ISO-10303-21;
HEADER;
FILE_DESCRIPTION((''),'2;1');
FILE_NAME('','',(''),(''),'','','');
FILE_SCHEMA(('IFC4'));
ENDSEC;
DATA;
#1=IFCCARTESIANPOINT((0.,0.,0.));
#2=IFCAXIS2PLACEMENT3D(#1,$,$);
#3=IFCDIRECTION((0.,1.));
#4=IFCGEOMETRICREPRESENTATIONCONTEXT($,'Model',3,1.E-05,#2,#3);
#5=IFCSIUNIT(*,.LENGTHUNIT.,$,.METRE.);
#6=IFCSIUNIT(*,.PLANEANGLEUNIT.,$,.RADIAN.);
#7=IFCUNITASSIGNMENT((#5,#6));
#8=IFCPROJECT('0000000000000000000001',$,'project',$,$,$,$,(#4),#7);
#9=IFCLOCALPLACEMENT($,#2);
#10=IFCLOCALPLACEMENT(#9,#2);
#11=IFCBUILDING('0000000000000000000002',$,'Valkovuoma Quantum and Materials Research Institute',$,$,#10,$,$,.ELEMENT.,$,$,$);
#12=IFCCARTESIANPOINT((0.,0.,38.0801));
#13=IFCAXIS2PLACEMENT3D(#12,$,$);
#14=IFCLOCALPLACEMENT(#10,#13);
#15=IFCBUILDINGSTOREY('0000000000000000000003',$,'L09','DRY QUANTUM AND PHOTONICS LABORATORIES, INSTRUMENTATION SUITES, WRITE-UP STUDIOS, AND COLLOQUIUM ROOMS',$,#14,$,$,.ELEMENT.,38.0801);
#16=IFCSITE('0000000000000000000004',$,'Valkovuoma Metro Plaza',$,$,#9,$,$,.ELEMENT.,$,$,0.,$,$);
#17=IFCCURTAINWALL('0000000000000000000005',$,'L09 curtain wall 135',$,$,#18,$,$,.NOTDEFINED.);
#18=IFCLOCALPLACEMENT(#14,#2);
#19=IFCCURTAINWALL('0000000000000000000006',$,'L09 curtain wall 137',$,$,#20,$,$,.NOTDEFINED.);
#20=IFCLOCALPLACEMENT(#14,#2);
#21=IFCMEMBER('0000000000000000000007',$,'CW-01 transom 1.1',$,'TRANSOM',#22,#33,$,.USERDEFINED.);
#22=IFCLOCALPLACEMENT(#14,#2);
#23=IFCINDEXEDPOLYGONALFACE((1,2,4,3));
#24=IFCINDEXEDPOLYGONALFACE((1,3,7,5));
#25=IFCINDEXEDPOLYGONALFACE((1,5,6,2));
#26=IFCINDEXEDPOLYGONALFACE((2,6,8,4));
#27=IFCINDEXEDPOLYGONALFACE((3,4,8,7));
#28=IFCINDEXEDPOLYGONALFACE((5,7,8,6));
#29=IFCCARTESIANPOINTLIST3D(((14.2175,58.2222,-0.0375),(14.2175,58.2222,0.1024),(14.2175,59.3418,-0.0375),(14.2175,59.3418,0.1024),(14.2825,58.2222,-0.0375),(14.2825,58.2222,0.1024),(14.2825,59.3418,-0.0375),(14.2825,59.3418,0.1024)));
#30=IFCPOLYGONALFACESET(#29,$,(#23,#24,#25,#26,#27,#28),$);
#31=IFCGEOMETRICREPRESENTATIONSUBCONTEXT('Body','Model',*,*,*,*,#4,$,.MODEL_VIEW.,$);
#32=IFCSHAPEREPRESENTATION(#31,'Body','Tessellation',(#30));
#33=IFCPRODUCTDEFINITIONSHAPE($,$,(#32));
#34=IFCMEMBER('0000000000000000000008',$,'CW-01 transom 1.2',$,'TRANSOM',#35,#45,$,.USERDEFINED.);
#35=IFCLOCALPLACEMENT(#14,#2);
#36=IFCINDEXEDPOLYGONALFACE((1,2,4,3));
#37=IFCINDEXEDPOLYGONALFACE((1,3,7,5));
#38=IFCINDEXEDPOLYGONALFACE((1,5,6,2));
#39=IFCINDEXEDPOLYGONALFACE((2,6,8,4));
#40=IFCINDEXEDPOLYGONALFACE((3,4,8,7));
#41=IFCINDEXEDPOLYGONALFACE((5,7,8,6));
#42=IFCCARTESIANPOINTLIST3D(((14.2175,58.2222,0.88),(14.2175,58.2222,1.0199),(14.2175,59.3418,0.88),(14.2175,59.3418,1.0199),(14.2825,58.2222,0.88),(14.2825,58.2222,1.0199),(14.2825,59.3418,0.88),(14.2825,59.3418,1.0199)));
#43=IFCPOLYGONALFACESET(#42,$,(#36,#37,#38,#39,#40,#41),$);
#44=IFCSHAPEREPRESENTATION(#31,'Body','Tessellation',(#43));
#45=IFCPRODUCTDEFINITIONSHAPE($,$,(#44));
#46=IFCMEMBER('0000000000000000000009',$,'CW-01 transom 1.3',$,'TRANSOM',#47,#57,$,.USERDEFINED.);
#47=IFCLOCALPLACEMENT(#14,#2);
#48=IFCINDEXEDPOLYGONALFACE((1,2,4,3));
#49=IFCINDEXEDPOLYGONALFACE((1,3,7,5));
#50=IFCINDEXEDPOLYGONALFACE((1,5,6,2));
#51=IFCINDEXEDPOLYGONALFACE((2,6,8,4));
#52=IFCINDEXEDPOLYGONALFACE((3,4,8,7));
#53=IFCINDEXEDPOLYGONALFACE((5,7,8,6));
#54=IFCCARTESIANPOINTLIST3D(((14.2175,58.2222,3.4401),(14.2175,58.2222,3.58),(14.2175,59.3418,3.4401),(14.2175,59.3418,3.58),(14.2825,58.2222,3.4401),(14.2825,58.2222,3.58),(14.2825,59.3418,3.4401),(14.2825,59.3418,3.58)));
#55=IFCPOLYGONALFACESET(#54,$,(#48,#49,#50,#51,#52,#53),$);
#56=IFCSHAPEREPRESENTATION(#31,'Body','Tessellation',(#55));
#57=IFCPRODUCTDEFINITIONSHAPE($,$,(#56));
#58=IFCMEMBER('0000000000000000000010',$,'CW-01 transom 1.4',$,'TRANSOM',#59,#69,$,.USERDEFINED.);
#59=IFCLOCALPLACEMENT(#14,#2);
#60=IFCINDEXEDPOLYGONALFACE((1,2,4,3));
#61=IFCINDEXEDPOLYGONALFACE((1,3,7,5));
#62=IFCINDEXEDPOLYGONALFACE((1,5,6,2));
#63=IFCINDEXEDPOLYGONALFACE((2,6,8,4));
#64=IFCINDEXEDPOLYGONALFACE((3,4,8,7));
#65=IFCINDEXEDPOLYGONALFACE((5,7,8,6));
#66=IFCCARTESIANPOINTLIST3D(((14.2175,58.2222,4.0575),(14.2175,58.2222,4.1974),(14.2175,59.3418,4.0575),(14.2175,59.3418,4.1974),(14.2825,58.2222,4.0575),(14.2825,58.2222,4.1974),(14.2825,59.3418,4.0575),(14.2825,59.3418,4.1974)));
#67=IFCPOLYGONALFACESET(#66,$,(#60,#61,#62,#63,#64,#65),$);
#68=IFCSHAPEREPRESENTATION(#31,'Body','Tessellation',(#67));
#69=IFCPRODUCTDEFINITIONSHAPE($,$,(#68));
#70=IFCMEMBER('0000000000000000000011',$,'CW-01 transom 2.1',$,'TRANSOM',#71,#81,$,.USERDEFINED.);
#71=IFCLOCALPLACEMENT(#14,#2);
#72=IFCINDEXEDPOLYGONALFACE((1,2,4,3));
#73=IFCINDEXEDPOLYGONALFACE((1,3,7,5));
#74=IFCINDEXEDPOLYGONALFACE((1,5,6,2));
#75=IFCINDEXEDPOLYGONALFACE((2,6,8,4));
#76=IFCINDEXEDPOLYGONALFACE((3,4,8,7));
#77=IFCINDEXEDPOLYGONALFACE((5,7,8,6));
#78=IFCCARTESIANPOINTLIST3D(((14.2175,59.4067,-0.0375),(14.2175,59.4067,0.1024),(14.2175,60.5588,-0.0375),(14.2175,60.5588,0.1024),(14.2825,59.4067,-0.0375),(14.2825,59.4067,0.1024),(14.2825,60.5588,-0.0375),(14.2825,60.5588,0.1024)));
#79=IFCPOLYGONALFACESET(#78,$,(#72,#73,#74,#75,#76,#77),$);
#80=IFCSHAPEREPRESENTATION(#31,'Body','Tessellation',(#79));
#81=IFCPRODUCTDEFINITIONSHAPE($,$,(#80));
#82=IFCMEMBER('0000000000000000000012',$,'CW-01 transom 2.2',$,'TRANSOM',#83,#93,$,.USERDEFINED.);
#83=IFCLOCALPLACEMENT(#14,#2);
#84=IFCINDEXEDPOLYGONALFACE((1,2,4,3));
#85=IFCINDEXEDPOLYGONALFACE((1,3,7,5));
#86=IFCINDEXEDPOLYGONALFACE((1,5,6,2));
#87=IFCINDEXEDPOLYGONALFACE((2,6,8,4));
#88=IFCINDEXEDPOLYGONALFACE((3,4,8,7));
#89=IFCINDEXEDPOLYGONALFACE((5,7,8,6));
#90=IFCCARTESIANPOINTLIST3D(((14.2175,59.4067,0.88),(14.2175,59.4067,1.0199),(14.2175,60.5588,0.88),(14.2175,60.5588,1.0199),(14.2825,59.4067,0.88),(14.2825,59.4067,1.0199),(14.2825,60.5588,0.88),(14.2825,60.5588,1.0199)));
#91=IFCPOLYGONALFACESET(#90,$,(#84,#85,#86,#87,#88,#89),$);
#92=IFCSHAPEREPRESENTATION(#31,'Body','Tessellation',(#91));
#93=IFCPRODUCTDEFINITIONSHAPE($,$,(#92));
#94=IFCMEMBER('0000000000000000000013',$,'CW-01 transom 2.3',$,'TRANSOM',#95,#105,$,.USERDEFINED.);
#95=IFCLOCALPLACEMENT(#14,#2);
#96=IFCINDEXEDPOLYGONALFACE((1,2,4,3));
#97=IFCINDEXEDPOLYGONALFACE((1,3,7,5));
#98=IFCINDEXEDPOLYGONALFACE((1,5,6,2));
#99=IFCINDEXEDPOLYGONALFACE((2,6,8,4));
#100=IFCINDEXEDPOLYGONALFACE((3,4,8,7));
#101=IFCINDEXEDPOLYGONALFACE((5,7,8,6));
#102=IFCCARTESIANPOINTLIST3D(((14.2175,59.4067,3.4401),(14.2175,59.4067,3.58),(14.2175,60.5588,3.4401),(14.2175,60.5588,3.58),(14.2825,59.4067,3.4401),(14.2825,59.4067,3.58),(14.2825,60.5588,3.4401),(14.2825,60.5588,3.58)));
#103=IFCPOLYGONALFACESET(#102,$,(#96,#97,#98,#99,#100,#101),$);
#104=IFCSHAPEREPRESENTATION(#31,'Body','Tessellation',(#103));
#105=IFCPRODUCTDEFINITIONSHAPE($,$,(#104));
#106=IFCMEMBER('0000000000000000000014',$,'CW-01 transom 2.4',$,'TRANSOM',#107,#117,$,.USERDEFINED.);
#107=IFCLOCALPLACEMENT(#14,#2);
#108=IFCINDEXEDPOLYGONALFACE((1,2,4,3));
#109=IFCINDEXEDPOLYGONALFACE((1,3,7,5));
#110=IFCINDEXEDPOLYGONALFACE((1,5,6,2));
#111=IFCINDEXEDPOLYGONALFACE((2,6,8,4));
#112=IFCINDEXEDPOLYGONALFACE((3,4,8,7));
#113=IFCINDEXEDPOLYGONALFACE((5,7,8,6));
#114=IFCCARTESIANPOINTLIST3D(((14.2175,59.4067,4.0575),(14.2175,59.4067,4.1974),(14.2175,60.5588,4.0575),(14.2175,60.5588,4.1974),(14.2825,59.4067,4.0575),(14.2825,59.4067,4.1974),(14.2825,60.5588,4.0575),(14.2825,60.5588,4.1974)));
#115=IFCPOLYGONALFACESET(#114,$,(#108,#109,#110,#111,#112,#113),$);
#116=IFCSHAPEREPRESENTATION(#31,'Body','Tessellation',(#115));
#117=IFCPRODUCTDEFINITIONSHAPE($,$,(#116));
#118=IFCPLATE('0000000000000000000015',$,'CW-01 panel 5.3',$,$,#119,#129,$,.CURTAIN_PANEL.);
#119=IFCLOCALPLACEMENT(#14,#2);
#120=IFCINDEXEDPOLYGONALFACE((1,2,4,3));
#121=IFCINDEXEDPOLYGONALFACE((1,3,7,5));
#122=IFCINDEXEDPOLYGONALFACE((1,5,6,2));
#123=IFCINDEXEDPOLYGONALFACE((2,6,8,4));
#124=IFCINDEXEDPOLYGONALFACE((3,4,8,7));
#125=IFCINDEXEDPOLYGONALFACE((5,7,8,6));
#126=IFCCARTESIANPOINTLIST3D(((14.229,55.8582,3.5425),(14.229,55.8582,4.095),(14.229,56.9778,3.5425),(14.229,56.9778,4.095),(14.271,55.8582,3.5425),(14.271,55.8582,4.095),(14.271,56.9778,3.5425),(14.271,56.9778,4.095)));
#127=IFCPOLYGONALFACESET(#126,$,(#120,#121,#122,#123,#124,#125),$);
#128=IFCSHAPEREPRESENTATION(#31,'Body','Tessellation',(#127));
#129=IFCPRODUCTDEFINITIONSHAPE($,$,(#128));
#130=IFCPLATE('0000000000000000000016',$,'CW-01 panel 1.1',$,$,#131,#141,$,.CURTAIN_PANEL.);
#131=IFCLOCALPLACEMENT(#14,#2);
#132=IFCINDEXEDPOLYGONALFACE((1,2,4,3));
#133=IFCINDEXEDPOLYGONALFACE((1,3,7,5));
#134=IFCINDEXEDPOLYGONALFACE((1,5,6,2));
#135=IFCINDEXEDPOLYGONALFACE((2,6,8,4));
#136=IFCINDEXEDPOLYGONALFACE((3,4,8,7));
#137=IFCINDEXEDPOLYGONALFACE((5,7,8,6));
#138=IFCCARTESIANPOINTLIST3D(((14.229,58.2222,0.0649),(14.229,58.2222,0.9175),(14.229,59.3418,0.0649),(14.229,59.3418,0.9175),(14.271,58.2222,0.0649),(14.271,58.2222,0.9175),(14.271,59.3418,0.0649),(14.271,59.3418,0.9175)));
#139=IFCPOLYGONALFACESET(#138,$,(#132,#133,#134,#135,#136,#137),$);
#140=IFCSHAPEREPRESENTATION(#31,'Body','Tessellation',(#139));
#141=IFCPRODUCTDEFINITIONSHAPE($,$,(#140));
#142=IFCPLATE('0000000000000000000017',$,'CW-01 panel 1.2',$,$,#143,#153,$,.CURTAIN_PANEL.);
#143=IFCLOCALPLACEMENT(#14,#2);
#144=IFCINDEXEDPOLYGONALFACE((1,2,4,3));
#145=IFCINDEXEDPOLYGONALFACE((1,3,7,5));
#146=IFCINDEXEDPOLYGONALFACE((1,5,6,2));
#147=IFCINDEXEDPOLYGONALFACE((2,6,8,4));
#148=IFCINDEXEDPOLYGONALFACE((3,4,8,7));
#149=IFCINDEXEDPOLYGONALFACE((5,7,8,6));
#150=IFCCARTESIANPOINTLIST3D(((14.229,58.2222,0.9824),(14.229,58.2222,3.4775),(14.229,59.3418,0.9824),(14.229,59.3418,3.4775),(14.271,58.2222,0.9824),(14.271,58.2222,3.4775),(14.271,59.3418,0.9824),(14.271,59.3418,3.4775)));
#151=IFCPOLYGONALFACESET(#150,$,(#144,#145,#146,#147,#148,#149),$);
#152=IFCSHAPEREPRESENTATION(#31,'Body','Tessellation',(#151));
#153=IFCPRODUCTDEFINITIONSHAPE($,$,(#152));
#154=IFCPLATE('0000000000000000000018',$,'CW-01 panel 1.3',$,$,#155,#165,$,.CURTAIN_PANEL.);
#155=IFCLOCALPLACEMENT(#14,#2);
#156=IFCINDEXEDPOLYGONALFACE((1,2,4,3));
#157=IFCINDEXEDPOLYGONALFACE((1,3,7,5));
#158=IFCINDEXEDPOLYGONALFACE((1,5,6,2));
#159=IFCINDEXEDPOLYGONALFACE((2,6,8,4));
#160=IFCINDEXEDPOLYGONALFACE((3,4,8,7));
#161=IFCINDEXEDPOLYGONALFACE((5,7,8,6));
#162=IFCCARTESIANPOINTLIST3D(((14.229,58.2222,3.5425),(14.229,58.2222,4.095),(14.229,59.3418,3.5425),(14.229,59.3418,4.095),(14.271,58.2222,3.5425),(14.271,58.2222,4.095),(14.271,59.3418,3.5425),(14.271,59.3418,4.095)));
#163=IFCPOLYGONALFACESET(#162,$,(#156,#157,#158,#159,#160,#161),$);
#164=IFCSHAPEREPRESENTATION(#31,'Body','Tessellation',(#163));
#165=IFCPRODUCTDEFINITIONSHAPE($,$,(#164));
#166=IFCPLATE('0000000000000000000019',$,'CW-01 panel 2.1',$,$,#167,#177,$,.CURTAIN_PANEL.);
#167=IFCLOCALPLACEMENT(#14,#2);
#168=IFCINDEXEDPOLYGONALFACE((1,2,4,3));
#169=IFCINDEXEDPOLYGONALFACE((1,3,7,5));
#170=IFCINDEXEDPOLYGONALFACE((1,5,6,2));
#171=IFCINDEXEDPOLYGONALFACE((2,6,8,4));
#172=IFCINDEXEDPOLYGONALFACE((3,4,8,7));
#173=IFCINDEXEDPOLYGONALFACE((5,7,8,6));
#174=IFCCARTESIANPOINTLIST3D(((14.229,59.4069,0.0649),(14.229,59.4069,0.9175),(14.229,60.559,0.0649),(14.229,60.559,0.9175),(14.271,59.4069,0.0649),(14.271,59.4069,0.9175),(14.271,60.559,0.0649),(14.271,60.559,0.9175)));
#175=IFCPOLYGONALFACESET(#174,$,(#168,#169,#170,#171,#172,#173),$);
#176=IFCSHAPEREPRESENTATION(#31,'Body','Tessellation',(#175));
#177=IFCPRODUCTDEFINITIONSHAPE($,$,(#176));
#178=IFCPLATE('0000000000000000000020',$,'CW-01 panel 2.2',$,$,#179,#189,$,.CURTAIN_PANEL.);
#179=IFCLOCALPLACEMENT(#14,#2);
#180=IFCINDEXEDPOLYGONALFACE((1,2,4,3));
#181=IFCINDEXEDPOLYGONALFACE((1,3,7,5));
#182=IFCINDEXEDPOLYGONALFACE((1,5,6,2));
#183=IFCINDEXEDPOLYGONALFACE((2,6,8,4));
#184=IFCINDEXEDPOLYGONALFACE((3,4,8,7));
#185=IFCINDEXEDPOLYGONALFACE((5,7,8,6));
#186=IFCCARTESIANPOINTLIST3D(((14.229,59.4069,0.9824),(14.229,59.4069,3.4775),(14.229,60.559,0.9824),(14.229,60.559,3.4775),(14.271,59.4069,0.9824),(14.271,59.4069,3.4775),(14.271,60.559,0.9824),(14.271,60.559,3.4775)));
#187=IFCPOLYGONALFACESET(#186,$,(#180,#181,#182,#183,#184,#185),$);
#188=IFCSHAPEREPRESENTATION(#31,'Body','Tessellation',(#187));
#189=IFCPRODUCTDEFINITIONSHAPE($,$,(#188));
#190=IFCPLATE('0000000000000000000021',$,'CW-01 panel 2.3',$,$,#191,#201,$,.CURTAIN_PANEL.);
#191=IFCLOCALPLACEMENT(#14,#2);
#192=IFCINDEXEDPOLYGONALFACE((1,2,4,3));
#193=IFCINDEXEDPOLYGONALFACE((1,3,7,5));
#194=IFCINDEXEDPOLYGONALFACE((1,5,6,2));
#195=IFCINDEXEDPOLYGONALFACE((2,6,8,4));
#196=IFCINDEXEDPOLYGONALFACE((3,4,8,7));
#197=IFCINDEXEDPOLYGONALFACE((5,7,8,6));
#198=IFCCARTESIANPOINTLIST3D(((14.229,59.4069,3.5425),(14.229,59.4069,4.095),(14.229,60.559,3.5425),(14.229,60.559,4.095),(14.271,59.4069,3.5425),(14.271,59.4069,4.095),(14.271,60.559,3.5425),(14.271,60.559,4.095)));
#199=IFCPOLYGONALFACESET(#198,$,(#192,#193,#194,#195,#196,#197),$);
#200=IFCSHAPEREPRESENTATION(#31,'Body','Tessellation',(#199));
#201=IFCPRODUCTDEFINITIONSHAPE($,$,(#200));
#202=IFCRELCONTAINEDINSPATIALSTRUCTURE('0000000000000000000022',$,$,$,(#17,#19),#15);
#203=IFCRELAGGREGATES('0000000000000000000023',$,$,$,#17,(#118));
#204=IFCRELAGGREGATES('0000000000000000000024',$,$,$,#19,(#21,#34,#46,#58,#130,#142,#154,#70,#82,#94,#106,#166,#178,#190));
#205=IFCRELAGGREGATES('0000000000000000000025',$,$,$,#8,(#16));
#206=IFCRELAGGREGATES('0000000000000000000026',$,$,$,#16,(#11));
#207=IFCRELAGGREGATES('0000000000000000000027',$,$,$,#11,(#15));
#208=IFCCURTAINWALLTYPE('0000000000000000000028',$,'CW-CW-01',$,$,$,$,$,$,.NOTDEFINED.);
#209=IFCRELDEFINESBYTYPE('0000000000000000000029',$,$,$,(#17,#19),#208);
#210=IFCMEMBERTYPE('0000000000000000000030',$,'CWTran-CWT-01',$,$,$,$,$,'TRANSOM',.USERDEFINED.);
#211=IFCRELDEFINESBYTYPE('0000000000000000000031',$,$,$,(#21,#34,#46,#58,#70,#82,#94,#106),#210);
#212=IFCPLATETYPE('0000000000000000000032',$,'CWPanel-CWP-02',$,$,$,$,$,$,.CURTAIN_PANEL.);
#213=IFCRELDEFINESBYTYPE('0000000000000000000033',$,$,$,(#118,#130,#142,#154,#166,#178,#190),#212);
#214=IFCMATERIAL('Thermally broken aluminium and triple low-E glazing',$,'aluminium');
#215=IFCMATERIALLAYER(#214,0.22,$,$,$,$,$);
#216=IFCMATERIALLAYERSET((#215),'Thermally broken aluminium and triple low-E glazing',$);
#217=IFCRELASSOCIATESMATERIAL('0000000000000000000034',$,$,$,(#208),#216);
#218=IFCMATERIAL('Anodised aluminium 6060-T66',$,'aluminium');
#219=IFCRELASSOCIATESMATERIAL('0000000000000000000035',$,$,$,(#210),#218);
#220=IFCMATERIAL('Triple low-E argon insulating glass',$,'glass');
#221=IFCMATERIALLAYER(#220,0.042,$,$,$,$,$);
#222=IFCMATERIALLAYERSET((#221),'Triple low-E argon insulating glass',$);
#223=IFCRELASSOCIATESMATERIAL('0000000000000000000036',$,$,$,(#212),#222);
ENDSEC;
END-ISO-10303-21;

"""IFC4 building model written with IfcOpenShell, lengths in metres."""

from ifc_helpers import new_model, si_unit, direction, frame, origin, origin_2d, place, context, subcontext, project, spatial, rectangle, extrude, material, layer, layer_set, material_profile, profile_set, type_object, element, aggregate, save


model = new_model("IFC4")

# Units and contexts
model_context = context("Model", 3, precision=1e-05, world=origin(), true_north=direction((0.0, 1.0)))
body_context = subcontext(model_context, "Body", "Model", "MODEL_VIEW")
ifc_project = project(units=[si_unit("LENGTHUNIT", "METRE"), si_unit("PLANEANGLEUNIT", "RADIAN")], contexts=[model_context])

# Site, building, storey
site_placement = place(None, origin())
site = spatial("IfcSite", under=ifc_project, at=site_placement, Name="Valkovuoma Metro Plaza", CompositionType="ELEMENT", RefElevation=0.0)
building_placement = place(site_placement, origin())
building = spatial("IfcBuilding", under=site, at=building_placement, Name="Valkovuoma Quantum and Materials Research Institute", CompositionType="ELEMENT")
storey_placement = place(building_placement, frame((0.0, 0.0, 38.0801)))
storey = spatial("IfcBuildingStorey", under=building, at=storey_placement, Name="L09", Description="DRY QUANTUM AND PHOTONICS LABORATORIES, INSTRUMENTATION SUITES, WRITE-UP STUDIOS, AND COLLOQUIUM ROOMS", CompositionType="ELEMENT", Elevation=38.0801)

# Curtain wall
ifc_material_1 = material(Name="Thermally broken aluminium and triple low-E glazing", Category="aluminium")
ifc_layer_1 = layer(ifc_material_1, 0.22)
ifc_layer_set_1 = layer_set([ifc_layer_1], Name="Thermally broken aluminium and triple low-E glazing")
curtain_wall_type = type_object("IfcCurtainWallType", Name="CW-CW-01", PredefinedType="NOTDEFINED", material=ifc_layer_set_1)
curtain_wall_1_placement = place(storey_placement, origin())
curtain_wall_1 = element("IfcCurtainWall", 1, at=curtain_wall_1_placement, inside=storey, type_object=curtain_wall_type, Name="L09 curtain wall 135", PredefinedType="NOTDEFINED")

# Curtain wall, members
curtain_wall_2_placement = place(storey_placement, origin())
curtain_wall_2 = element("IfcCurtainWall", 2, at=curtain_wall_2_placement, inside=storey, type_object=curtain_wall_type, Name="L09 curtain wall 137", PredefinedType="NOTDEFINED")
ifc_material_2 = material(Name="Anodised aluminium 6060-T66", Category="aluminium")
ifc_material_profile_1 = material_profile(ifc_material_2, rectangle(XDim=0.0649, YDim=0.1399, at=origin_2d()), Name="Anodised aluminium 6060-T66")
ifc_profile_set_1 = profile_set([ifc_material_profile_1], Name="Anodised aluminium 6060-T66")
member_type_1 = type_object("IfcMemberType", Name="CWTran-CWT-01", ElementType="TRANSOM", PredefinedType="USERDEFINED", material=ifc_profile_set_1)
member_1_placement = place(storey_placement, frame((14.25, 58.2222, 0.0325), z_axis=(0.0, 1.0, 0.0), x_axis=(-1.0, 0.0, 0.0)))
member_1 = element("IfcMember", 3, at=member_1_placement, type_object=member_type_1, Name="CW-01 transom 1.1", ObjectType="TRANSOM", PredefinedType="USERDEFINED", context=body_context, shape_type="SweptSolid", body=[
    extrude(rectangle(XDim=0.0649, YDim=0.1399, at=origin_2d()), origin(), (0.0, 0.0, 1.0), 1.1196),
])
member_2_placement = place(storey_placement, frame((14.25, 58.2222, 0.95), z_axis=(0.0, 1.0, 0.0), x_axis=(-1.0, 0.0, 0.0)))
member_2 = element("IfcMember", 4, at=member_2_placement, type_object=member_type_1, Name="CW-01 transom 1.2", ObjectType="TRANSOM", PredefinedType="USERDEFINED", context=body_context, shape_type="SweptSolid", body=[
    extrude(rectangle(XDim=0.0649, YDim=0.1399, at=origin_2d()), origin(), (0.0, 0.0, 1.0), 1.1196),
])
member_3_placement = place(storey_placement, frame((14.25, 58.2222, 3.51), z_axis=(0.0, 1.0, 0.0), x_axis=(-1.0, 0.0, 0.0)))
member_3 = element("IfcMember", 5, at=member_3_placement, type_object=member_type_1, Name="CW-01 transom 1.3", ObjectType="TRANSOM", PredefinedType="USERDEFINED", context=body_context, shape_type="SweptSolid", body=[
    extrude(rectangle(XDim=0.0649, YDim=0.1399, at=origin_2d()), origin(), (0.0, 0.0, 1.0), 1.1196),
])
member_4_placement = place(storey_placement, frame((14.25, 58.2222, 4.1274), z_axis=(0.0, 1.0, 0.0), x_axis=(-1.0, 0.0, 0.0)))
member_4 = element("IfcMember", 6, at=member_4_placement, type_object=member_type_1, Name="CW-01 transom 1.4", ObjectType="TRANSOM", PredefinedType="USERDEFINED", context=body_context, shape_type="SweptSolid", body=[
    extrude(rectangle(XDim=0.0649, YDim=0.1399, at=origin_2d()), origin(), (0.0, 0.0, 1.0), 1.1196),
])
member_5_placement = place(storey_placement, frame((14.25, 59.4067, 0.0325), z_axis=(0.0, 1.0, 0.0), x_axis=(-1.0, 0.0, 0.0)))
member_5 = element("IfcMember", 7, at=member_5_placement, type_object=member_type_1, Name="CW-01 transom 2.1", ObjectType="TRANSOM", PredefinedType="USERDEFINED", context=body_context, shape_type="SweptSolid", body=[
    extrude(rectangle(XDim=0.0649, YDim=0.1399, at=origin_2d()), origin(), (0.0, 0.0, 1.0), 1.1521),
])
member_6_placement = place(storey_placement, frame((14.25, 59.4067, 0.95), z_axis=(0.0, 1.0, 0.0), x_axis=(-1.0, 0.0, 0.0)))
member_6 = element("IfcMember", 8, at=member_6_placement, type_object=member_type_1, Name="CW-01 transom 2.2", ObjectType="TRANSOM", PredefinedType="USERDEFINED", context=body_context, shape_type="SweptSolid", body=[
    extrude(rectangle(XDim=0.0649, YDim=0.1399, at=origin_2d()), origin(), (0.0, 0.0, 1.0), 1.1521),
])
member_7_placement = place(storey_placement, frame((14.25, 59.4067, 3.51), z_axis=(0.0, 1.0, 0.0), x_axis=(-1.0, 0.0, 0.0)))
member_7 = element("IfcMember", 9, at=member_7_placement, type_object=member_type_1, Name="CW-01 transom 2.3", ObjectType="TRANSOM", PredefinedType="USERDEFINED", context=body_context, shape_type="SweptSolid", body=[
    extrude(rectangle(XDim=0.0649, YDim=0.1399, at=origin_2d()), origin(), (0.0, 0.0, 1.0), 1.1521),
])
member_8_placement = place(storey_placement, frame((14.25, 59.4067, 4.1274), z_axis=(0.0, 1.0, 0.0), x_axis=(-1.0, 0.0, 0.0)))
member_8 = element("IfcMember", 10, at=member_8_placement, type_object=member_type_1, Name="CW-01 transom 2.4", ObjectType="TRANSOM", PredefinedType="USERDEFINED", context=body_context, shape_type="SweptSolid", body=[
    extrude(rectangle(XDim=0.0649, YDim=0.1399, at=origin_2d()), origin(), (0.0, 0.0, 1.0), 1.1521),
])

# Plates
ifc_material_3 = material(Name="Triple low-E argon insulating glass", Category="glass")
ifc_layer_2 = layer(ifc_material_3, 0.042)
ifc_layer_set_2 = layer_set([ifc_layer_2], Name="Triple low-E argon insulating glass")
plate_type = type_object("IfcPlateType", Name="CWPanel-CWP-02", PredefinedType="CURTAIN_PANEL", material=ifc_layer_set_2)
plate_1_placement = place(storey_placement, frame((14.25, 56.418, 3.5425), z_axis=(0.0, 0.0, 1.0), x_axis=(0.0, 1.0, 0.0)))
plate_1 = element("IfcPlate", 11, at=plate_1_placement, type_object=plate_type, Name="CW-01 panel 5.3", PredefinedType="CURTAIN_PANEL", context=body_context, shape_type="SweptSolid", body=[
    extrude(rectangle(XDim=1.1196, YDim=0.042, at=origin_2d()), origin(), (0.0, 0.0, 1.0), 0.5525),
])
aggregate(curtain_wall_1, [plate_1])
plate_2_placement = place(storey_placement, frame((14.25, 58.782, 0.0649), z_axis=(0.0, 0.0, 1.0), x_axis=(0.0, 1.0, 0.0)))
plate_2 = element("IfcPlate", 12, at=plate_2_placement, type_object=plate_type, Name="CW-01 panel 1.1", PredefinedType="CURTAIN_PANEL", context=body_context, shape_type="SweptSolid", body=[
    extrude(rectangle(XDim=1.1196, YDim=0.042, at=origin_2d()), origin(), (0.0, 0.0, 1.0), 0.8525),
])
plate_3_placement = place(storey_placement, frame((14.25, 58.782, 0.9824), z_axis=(0.0, 0.0, 1.0), x_axis=(0.0, 1.0, 0.0)))
plate_3 = element("IfcPlate", 13, at=plate_3_placement, type_object=plate_type, Name="CW-01 panel 1.2", PredefinedType="CURTAIN_PANEL", context=body_context, shape_type="SweptSolid", body=[
    extrude(rectangle(XDim=1.1196, YDim=0.042, at=origin_2d()), origin(), (0.0, 0.0, 1.0), 2.4951),
])
plate_4_placement = place(storey_placement, frame((14.25, 58.782, 3.5425), z_axis=(0.0, 0.0, 1.0), x_axis=(0.0, 1.0, 0.0)))
plate_4 = element("IfcPlate", 14, at=plate_4_placement, type_object=plate_type, Name="CW-01 panel 1.3", PredefinedType="CURTAIN_PANEL", context=body_context, shape_type="SweptSolid", body=[
    extrude(rectangle(XDim=1.1196, YDim=0.042, at=origin_2d()), origin(), (0.0, 0.0, 1.0), 0.5525),
])
plate_5_placement = place(storey_placement, frame((14.25, 59.9829, 0.0649), z_axis=(0.0, 0.0, 1.0), x_axis=(0.0, 1.0, 0.0)))
plate_5 = element("IfcPlate", 15, at=plate_5_placement, type_object=plate_type, Name="CW-01 panel 2.1", PredefinedType="CURTAIN_PANEL", context=body_context, shape_type="SweptSolid", body=[
    extrude(rectangle(XDim=1.1521, YDim=0.042, at=origin_2d()), origin(), (0.0, 0.0, 1.0), 0.8525),
])
plate_6_placement = place(storey_placement, frame((14.25, 59.9829, 0.9824), z_axis=(0.0, 0.0, 1.0), x_axis=(0.0, 1.0, 0.0)))
plate_6 = element("IfcPlate", 16, at=plate_6_placement, type_object=plate_type, Name="CW-01 panel 2.2", PredefinedType="CURTAIN_PANEL", context=body_context, shape_type="SweptSolid", body=[
    extrude(rectangle(XDim=1.1521, YDim=0.042, at=origin_2d()), origin(), (0.0, 0.0, 1.0), 2.4951),
])
plate_7_placement = place(storey_placement, frame((14.25, 59.9829, 3.5425), z_axis=(0.0, 0.0, 1.0), x_axis=(0.0, 1.0, 0.0)))
plate_7 = element("IfcPlate", 17, at=plate_7_placement, type_object=plate_type, Name="CW-01 panel 2.3", PredefinedType="CURTAIN_PANEL", context=body_context, shape_type="SweptSolid", body=[
    extrude(rectangle(XDim=1.1521, YDim=0.042, at=origin_2d()), origin(), (0.0, 0.0, 1.0), 0.5525),
])
aggregate(curtain_wall_2, [member_1, member_2, member_3, member_4, plate_2, plate_3, plate_4, member_5, member_6, member_7, member_8, plate_5, plate_6, plate_7])

save(model, "model.ifc")
